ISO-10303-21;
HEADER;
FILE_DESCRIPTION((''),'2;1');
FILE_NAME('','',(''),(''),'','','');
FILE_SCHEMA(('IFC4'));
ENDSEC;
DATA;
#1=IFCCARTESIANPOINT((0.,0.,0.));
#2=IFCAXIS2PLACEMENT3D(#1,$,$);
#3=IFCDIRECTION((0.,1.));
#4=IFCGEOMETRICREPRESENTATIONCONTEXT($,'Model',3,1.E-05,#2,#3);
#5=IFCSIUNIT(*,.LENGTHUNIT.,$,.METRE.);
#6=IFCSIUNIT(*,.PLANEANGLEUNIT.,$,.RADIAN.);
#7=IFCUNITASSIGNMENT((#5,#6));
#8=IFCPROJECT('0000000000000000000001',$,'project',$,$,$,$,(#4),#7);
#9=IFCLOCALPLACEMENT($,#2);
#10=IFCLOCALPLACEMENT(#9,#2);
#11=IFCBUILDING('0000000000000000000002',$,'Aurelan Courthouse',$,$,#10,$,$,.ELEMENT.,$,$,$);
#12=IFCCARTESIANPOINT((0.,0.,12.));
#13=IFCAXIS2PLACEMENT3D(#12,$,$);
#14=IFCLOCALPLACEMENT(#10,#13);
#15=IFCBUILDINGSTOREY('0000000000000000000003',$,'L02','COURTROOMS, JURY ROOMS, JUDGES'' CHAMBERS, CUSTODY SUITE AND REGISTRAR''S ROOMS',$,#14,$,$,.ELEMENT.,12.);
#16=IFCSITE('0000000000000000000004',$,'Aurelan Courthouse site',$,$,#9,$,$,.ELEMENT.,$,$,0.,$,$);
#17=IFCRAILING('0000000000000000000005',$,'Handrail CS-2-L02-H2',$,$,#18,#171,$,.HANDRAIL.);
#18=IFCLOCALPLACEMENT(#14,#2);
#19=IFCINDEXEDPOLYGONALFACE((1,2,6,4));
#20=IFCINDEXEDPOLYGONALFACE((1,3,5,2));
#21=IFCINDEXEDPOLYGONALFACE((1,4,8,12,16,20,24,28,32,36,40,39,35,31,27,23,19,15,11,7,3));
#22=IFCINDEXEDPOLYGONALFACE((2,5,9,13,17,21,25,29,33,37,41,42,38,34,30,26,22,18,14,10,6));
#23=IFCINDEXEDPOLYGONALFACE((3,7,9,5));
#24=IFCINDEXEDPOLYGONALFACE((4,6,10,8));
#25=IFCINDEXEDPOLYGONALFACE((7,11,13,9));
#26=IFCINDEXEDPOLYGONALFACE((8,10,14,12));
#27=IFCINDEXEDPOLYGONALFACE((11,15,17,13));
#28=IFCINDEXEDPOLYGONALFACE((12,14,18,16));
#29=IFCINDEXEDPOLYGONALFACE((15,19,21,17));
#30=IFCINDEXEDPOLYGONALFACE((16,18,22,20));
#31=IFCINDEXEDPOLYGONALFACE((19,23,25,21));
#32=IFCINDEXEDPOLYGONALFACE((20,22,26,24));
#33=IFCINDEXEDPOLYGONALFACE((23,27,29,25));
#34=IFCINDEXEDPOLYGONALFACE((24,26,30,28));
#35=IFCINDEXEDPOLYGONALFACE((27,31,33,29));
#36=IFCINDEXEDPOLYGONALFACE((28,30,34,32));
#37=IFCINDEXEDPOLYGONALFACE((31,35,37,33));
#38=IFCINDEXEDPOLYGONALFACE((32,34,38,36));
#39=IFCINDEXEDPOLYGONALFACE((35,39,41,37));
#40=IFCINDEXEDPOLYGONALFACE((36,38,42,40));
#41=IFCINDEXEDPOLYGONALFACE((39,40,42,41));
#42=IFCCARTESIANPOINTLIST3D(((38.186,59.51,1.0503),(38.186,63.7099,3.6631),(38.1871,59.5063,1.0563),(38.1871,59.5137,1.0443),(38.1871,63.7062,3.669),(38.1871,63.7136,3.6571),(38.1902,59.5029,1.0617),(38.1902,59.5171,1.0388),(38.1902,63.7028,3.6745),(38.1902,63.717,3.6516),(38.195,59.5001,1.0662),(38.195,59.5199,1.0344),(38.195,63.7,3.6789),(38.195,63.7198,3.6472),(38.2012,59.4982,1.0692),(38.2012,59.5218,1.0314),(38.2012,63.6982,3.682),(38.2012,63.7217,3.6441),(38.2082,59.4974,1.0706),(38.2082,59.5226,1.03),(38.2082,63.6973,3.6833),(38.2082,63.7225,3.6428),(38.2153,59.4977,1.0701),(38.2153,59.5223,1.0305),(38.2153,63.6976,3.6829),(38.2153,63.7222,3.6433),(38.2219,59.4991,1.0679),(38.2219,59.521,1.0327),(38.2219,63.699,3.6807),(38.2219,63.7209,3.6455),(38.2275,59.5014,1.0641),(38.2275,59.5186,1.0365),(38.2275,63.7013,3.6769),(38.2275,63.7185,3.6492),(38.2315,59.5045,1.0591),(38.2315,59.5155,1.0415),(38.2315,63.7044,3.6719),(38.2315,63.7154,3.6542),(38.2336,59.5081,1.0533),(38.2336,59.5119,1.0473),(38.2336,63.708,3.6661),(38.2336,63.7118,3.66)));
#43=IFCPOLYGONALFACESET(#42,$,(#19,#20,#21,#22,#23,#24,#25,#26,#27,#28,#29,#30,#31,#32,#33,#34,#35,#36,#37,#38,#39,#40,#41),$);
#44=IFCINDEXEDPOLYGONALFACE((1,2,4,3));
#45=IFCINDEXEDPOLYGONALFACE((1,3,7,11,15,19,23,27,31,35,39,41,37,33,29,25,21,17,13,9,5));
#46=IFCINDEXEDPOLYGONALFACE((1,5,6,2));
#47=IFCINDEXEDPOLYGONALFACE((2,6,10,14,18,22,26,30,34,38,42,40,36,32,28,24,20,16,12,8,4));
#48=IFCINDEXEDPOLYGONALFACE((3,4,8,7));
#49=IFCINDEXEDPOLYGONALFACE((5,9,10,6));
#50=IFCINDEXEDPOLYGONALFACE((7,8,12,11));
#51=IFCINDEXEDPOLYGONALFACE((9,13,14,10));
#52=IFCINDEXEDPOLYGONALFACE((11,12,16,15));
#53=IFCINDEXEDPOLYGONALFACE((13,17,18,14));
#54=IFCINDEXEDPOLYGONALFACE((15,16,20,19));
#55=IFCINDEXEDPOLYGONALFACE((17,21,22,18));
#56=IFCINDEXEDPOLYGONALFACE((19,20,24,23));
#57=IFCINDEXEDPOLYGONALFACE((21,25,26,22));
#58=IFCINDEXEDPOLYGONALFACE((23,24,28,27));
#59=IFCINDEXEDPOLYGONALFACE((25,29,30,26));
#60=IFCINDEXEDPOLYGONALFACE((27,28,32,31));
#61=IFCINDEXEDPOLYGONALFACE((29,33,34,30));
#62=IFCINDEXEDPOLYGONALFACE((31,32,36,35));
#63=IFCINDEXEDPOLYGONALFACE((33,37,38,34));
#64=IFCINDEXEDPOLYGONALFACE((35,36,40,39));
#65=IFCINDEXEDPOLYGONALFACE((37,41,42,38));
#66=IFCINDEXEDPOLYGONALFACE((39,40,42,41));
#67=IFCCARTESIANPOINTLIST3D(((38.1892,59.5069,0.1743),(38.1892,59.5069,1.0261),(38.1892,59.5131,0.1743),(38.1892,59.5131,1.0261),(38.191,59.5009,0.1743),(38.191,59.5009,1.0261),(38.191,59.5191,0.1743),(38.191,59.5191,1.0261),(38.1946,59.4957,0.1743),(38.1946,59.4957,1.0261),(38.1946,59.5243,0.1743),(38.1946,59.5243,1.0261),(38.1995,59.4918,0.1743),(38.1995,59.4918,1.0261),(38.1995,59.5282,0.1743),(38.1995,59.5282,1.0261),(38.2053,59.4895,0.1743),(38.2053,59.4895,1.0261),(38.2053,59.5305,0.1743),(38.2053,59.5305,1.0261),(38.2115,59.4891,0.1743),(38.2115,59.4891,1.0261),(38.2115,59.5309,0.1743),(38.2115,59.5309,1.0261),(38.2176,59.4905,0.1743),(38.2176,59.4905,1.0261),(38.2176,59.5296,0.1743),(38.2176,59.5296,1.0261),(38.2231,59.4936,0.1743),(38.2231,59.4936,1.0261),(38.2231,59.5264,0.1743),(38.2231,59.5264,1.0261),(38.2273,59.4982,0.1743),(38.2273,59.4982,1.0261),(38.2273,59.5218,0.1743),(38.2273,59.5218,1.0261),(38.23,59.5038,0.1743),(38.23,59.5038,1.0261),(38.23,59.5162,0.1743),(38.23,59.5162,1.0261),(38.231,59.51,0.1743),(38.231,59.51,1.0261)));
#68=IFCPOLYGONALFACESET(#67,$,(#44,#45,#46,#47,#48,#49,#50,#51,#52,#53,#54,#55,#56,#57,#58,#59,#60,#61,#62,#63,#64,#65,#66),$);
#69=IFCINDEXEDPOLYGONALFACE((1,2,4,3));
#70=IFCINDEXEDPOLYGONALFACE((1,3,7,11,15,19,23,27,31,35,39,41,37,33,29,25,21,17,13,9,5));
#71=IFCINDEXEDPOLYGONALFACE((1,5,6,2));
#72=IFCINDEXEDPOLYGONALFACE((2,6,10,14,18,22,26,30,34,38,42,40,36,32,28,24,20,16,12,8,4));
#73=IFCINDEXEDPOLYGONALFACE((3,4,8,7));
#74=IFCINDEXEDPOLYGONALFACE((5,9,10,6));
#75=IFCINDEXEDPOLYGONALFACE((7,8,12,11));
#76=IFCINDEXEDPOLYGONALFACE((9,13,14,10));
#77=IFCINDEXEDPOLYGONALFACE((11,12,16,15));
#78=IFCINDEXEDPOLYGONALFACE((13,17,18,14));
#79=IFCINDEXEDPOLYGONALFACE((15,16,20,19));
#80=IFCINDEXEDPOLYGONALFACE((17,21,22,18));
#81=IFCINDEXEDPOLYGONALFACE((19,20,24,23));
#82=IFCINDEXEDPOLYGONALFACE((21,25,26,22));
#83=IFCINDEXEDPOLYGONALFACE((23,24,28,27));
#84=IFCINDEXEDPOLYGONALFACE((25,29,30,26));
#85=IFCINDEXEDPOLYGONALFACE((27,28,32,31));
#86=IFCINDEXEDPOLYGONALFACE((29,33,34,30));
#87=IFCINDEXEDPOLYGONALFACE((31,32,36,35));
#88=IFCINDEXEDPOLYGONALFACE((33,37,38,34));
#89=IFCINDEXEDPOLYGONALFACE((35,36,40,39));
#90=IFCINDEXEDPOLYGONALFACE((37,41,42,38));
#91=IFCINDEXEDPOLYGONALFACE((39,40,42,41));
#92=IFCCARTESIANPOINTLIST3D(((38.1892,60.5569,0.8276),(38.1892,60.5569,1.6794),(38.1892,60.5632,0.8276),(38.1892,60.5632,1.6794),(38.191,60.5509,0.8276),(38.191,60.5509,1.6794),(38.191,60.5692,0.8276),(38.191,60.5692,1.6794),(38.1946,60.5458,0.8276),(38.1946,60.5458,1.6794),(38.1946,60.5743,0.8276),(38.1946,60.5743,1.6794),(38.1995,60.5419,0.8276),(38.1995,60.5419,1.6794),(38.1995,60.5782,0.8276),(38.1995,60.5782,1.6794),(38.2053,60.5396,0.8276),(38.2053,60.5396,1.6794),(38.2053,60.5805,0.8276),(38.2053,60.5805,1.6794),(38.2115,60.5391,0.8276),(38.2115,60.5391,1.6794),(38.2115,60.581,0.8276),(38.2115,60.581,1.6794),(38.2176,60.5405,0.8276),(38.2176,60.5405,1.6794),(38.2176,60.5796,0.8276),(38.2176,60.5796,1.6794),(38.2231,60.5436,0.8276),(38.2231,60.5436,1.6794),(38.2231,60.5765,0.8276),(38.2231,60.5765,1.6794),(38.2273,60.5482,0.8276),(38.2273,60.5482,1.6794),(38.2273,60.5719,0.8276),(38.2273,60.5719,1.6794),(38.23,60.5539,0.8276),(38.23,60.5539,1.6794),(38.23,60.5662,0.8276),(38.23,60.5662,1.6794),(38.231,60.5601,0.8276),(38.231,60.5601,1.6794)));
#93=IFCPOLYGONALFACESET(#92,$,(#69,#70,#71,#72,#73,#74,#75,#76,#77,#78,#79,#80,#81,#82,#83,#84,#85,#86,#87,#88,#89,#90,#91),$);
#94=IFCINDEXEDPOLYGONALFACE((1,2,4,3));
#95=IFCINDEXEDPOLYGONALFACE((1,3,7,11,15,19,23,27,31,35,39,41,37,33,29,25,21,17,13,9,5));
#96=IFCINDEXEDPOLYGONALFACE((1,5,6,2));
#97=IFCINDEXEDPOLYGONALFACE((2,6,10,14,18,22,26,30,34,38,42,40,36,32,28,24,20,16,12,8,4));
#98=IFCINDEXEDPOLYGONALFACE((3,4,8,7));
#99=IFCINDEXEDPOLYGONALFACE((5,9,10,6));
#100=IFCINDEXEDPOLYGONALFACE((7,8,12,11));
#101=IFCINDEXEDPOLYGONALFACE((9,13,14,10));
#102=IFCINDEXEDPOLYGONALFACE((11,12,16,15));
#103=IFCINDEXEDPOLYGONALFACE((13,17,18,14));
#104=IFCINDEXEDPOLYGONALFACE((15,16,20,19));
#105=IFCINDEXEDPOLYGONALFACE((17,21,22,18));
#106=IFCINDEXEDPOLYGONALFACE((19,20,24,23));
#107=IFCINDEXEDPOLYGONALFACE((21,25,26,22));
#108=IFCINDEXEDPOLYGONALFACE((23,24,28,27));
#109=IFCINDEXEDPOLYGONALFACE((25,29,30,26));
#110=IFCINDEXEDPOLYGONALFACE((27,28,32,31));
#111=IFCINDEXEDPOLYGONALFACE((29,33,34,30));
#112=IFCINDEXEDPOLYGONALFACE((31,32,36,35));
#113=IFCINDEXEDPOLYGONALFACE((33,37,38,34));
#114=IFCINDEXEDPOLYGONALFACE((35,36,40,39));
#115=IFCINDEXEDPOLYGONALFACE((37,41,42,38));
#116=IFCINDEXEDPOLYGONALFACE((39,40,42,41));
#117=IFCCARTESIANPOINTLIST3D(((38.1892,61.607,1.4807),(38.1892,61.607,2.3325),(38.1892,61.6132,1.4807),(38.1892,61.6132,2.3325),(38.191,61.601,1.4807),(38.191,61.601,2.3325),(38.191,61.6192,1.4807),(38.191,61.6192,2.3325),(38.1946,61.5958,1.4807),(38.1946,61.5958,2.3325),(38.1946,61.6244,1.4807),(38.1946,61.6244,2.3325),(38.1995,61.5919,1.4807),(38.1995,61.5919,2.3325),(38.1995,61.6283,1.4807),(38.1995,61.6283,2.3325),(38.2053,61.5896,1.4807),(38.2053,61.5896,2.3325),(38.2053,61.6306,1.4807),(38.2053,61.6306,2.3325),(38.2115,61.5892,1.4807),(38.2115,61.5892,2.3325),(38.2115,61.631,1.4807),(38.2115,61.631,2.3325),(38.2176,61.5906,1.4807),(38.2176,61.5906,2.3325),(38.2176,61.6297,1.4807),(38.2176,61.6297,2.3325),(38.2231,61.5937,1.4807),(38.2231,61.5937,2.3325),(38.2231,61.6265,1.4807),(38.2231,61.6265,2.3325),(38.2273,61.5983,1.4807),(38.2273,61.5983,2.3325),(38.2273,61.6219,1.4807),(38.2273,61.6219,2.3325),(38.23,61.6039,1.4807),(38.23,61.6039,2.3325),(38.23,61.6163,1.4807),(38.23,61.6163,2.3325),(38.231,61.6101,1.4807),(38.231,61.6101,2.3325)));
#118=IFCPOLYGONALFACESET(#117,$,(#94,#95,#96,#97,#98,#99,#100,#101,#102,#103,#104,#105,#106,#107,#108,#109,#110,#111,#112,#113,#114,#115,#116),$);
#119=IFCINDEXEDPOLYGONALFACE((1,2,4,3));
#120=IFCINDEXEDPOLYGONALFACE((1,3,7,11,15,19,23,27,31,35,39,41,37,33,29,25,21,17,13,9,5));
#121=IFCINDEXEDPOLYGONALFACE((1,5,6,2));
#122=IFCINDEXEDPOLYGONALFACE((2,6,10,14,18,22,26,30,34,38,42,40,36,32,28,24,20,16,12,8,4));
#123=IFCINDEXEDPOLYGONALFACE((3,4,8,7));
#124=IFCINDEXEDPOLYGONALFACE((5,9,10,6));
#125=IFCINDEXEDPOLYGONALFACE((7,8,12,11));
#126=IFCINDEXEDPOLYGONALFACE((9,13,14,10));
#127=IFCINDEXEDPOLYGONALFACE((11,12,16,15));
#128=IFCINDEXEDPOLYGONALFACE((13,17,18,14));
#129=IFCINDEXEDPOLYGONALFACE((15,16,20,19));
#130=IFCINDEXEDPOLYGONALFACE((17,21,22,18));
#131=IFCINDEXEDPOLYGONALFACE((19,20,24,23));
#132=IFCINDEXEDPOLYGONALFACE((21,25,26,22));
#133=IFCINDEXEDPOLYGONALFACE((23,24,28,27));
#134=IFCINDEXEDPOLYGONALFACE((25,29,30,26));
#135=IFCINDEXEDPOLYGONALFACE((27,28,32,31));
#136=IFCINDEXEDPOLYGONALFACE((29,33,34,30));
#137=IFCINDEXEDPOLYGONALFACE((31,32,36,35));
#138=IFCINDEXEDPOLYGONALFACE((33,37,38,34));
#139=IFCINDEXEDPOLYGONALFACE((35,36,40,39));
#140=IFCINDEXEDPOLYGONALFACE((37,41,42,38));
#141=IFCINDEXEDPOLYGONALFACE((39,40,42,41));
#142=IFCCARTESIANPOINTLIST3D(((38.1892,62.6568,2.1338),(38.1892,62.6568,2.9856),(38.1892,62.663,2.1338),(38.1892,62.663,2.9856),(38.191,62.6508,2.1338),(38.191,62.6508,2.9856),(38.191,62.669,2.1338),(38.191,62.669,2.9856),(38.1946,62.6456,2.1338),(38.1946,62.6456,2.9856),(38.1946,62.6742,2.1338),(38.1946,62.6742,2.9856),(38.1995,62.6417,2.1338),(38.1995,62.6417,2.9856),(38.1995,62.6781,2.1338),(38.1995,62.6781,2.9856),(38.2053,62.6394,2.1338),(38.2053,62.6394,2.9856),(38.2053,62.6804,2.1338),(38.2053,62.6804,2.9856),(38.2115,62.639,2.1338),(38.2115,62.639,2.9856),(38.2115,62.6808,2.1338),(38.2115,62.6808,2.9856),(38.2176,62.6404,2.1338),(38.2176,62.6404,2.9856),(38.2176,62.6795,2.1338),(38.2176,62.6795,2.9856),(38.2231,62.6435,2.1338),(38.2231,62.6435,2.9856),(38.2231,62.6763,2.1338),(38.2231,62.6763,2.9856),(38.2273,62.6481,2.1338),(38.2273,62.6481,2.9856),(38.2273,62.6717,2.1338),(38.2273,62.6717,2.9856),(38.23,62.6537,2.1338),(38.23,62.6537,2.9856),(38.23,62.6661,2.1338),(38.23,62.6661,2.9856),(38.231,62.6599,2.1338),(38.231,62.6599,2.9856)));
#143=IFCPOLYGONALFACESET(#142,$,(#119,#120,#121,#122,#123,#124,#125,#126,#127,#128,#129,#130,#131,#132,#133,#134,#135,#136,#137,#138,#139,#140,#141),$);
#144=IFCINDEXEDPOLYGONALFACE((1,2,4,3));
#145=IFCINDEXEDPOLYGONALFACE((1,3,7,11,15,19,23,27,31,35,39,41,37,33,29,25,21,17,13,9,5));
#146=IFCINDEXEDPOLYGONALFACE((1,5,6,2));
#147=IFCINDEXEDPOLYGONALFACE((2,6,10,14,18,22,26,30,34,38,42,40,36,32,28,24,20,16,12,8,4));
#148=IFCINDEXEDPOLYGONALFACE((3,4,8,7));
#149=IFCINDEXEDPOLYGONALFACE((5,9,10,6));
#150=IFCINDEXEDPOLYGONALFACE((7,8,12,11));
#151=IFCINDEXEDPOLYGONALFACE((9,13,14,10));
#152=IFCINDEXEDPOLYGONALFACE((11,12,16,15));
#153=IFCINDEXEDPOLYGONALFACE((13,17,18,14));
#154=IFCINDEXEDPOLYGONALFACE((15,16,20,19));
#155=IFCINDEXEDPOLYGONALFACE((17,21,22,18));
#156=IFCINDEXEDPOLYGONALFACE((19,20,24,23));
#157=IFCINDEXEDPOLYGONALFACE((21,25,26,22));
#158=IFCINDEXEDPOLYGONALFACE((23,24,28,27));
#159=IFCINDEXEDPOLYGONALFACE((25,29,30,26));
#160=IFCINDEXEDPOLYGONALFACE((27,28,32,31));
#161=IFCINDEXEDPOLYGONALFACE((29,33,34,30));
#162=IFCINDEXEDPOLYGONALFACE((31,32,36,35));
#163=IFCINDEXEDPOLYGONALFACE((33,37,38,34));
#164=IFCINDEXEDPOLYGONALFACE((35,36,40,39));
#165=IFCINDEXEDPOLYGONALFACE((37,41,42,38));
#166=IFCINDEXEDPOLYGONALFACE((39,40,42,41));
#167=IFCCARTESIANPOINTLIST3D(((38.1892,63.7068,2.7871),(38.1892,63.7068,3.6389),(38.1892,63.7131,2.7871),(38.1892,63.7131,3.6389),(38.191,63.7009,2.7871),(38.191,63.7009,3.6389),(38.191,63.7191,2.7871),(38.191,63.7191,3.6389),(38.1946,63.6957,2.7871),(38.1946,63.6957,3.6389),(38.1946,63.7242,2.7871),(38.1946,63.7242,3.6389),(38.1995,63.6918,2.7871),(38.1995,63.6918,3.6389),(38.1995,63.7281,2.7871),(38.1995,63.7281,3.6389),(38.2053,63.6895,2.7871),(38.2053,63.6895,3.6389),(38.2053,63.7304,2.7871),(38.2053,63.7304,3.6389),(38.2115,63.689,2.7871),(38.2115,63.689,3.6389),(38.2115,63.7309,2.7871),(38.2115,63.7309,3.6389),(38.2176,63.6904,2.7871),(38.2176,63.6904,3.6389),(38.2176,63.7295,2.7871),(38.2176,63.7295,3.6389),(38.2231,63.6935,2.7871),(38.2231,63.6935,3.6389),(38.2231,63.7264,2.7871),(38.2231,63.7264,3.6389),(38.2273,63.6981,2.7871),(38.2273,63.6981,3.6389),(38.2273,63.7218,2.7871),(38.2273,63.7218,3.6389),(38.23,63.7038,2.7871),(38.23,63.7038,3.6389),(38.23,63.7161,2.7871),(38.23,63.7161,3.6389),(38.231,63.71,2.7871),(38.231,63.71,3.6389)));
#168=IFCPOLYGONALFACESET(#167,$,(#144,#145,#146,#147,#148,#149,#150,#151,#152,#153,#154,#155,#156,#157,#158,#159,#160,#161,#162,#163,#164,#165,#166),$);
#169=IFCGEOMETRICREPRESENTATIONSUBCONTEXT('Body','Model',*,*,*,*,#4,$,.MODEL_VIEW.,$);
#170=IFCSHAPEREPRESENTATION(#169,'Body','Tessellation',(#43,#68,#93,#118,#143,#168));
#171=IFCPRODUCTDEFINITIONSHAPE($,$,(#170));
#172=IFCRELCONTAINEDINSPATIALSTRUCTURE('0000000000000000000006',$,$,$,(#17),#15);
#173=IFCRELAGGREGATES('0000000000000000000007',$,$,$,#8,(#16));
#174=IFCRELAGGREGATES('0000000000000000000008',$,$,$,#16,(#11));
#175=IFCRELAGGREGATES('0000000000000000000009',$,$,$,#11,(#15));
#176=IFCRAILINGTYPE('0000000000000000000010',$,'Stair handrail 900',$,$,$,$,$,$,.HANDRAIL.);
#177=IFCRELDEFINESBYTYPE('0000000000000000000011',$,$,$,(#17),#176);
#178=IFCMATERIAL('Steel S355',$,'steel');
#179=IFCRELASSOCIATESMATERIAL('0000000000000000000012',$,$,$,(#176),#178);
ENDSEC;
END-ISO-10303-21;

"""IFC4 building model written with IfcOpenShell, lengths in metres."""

from ifc_helpers import new_model, si_unit, direction, frame, origin, origin_2d, place, context, subcontext, project, spatial, circle, extrude, material, type_object, element, save


model = new_model("IFC4")

# Units and contexts
model_context = context("Model", 3, precision=1e-05, world=origin(), true_north=direction((0.0, 1.0)))
body_context = subcontext(model_context, "Body", "Model", "MODEL_VIEW")
ifc_project = project(units=[si_unit("LENGTHUNIT", "METRE"), si_unit("PLANEANGLEUNIT", "RADIAN")], contexts=[model_context])

# Site, building, storey
site_placement = place(None, origin())
site = spatial("IfcSite", under=ifc_project, at=site_placement, Name="Aurelan Courthouse site", CompositionType="ELEMENT", RefElevation=0.0)
building_placement = place(site_placement, origin())
building = spatial("IfcBuilding", under=site, at=building_placement, Name="Aurelan Courthouse", CompositionType="ELEMENT")
storey_placement = place(building_placement, frame((0.0, 0.0, 12.0)))
storey = spatial("IfcBuildingStorey", under=building, at=storey_placement, Name="L02", Description="COURTROOMS, JURY ROOMS, JUDGES' CHAMBERS, CUSTODY SUITE AND REGISTRAR'S ROOMS", CompositionType="ELEMENT", Elevation=12.0)

# Railing
ifc_material_1 = material(Name="Steel S355", Category="steel")
railing_type = type_object("IfcRailingType", Name="Stair handrail 900", PredefinedType="HANDRAIL", material=ifc_material_1)
for number, where, name in (
    (1, (38.21, 59.51, 0.1743), "Handrail CS-2-L02-H2"),
):
    element("IfcRailing", number, at=place(storey_placement, frame(where)), inside=storey, type_object=railing_type, Name=name, PredefinedType="HANDRAIL", context=body_context, shape_type="SweptSolid", body=[
        extrude(circle(Radius=0.0239, at=origin_2d()), frame((0.0, 0.0, 0.876), z_axis=(0.0, 0.849103, 0.528228), x_axis=(-1.0, 0.0, 0.0)), (0.0, 0.0, 1.0), 4.9463),
        extrude(circle(Radius=0.021, at=origin_2d()), origin(), (0.0, 0.0, 1.0), 0.8518),
        extrude(circle(Radius=0.021, at=origin_2d()), frame((0.0, 1.05, 0.6533)), (0.0, 0.0, 1.0), 0.8518),
        extrude(circle(Radius=0.021, at=origin_2d()), frame((0.0, 2.1001, 1.3064)), (0.0, 0.0, 1.0), 0.8518),
        extrude(circle(Radius=0.021, at=origin_2d()), frame((0.0, 3.1499, 1.9595)), (0.0, 0.0, 1.0), 0.8518),
        extrude(circle(Radius=0.021, at=origin_2d()), frame((0.0, 4.2, 2.6128)), (0.0, 0.0, 1.0), 0.8518),
    ])

save(model, "model.ifc")
